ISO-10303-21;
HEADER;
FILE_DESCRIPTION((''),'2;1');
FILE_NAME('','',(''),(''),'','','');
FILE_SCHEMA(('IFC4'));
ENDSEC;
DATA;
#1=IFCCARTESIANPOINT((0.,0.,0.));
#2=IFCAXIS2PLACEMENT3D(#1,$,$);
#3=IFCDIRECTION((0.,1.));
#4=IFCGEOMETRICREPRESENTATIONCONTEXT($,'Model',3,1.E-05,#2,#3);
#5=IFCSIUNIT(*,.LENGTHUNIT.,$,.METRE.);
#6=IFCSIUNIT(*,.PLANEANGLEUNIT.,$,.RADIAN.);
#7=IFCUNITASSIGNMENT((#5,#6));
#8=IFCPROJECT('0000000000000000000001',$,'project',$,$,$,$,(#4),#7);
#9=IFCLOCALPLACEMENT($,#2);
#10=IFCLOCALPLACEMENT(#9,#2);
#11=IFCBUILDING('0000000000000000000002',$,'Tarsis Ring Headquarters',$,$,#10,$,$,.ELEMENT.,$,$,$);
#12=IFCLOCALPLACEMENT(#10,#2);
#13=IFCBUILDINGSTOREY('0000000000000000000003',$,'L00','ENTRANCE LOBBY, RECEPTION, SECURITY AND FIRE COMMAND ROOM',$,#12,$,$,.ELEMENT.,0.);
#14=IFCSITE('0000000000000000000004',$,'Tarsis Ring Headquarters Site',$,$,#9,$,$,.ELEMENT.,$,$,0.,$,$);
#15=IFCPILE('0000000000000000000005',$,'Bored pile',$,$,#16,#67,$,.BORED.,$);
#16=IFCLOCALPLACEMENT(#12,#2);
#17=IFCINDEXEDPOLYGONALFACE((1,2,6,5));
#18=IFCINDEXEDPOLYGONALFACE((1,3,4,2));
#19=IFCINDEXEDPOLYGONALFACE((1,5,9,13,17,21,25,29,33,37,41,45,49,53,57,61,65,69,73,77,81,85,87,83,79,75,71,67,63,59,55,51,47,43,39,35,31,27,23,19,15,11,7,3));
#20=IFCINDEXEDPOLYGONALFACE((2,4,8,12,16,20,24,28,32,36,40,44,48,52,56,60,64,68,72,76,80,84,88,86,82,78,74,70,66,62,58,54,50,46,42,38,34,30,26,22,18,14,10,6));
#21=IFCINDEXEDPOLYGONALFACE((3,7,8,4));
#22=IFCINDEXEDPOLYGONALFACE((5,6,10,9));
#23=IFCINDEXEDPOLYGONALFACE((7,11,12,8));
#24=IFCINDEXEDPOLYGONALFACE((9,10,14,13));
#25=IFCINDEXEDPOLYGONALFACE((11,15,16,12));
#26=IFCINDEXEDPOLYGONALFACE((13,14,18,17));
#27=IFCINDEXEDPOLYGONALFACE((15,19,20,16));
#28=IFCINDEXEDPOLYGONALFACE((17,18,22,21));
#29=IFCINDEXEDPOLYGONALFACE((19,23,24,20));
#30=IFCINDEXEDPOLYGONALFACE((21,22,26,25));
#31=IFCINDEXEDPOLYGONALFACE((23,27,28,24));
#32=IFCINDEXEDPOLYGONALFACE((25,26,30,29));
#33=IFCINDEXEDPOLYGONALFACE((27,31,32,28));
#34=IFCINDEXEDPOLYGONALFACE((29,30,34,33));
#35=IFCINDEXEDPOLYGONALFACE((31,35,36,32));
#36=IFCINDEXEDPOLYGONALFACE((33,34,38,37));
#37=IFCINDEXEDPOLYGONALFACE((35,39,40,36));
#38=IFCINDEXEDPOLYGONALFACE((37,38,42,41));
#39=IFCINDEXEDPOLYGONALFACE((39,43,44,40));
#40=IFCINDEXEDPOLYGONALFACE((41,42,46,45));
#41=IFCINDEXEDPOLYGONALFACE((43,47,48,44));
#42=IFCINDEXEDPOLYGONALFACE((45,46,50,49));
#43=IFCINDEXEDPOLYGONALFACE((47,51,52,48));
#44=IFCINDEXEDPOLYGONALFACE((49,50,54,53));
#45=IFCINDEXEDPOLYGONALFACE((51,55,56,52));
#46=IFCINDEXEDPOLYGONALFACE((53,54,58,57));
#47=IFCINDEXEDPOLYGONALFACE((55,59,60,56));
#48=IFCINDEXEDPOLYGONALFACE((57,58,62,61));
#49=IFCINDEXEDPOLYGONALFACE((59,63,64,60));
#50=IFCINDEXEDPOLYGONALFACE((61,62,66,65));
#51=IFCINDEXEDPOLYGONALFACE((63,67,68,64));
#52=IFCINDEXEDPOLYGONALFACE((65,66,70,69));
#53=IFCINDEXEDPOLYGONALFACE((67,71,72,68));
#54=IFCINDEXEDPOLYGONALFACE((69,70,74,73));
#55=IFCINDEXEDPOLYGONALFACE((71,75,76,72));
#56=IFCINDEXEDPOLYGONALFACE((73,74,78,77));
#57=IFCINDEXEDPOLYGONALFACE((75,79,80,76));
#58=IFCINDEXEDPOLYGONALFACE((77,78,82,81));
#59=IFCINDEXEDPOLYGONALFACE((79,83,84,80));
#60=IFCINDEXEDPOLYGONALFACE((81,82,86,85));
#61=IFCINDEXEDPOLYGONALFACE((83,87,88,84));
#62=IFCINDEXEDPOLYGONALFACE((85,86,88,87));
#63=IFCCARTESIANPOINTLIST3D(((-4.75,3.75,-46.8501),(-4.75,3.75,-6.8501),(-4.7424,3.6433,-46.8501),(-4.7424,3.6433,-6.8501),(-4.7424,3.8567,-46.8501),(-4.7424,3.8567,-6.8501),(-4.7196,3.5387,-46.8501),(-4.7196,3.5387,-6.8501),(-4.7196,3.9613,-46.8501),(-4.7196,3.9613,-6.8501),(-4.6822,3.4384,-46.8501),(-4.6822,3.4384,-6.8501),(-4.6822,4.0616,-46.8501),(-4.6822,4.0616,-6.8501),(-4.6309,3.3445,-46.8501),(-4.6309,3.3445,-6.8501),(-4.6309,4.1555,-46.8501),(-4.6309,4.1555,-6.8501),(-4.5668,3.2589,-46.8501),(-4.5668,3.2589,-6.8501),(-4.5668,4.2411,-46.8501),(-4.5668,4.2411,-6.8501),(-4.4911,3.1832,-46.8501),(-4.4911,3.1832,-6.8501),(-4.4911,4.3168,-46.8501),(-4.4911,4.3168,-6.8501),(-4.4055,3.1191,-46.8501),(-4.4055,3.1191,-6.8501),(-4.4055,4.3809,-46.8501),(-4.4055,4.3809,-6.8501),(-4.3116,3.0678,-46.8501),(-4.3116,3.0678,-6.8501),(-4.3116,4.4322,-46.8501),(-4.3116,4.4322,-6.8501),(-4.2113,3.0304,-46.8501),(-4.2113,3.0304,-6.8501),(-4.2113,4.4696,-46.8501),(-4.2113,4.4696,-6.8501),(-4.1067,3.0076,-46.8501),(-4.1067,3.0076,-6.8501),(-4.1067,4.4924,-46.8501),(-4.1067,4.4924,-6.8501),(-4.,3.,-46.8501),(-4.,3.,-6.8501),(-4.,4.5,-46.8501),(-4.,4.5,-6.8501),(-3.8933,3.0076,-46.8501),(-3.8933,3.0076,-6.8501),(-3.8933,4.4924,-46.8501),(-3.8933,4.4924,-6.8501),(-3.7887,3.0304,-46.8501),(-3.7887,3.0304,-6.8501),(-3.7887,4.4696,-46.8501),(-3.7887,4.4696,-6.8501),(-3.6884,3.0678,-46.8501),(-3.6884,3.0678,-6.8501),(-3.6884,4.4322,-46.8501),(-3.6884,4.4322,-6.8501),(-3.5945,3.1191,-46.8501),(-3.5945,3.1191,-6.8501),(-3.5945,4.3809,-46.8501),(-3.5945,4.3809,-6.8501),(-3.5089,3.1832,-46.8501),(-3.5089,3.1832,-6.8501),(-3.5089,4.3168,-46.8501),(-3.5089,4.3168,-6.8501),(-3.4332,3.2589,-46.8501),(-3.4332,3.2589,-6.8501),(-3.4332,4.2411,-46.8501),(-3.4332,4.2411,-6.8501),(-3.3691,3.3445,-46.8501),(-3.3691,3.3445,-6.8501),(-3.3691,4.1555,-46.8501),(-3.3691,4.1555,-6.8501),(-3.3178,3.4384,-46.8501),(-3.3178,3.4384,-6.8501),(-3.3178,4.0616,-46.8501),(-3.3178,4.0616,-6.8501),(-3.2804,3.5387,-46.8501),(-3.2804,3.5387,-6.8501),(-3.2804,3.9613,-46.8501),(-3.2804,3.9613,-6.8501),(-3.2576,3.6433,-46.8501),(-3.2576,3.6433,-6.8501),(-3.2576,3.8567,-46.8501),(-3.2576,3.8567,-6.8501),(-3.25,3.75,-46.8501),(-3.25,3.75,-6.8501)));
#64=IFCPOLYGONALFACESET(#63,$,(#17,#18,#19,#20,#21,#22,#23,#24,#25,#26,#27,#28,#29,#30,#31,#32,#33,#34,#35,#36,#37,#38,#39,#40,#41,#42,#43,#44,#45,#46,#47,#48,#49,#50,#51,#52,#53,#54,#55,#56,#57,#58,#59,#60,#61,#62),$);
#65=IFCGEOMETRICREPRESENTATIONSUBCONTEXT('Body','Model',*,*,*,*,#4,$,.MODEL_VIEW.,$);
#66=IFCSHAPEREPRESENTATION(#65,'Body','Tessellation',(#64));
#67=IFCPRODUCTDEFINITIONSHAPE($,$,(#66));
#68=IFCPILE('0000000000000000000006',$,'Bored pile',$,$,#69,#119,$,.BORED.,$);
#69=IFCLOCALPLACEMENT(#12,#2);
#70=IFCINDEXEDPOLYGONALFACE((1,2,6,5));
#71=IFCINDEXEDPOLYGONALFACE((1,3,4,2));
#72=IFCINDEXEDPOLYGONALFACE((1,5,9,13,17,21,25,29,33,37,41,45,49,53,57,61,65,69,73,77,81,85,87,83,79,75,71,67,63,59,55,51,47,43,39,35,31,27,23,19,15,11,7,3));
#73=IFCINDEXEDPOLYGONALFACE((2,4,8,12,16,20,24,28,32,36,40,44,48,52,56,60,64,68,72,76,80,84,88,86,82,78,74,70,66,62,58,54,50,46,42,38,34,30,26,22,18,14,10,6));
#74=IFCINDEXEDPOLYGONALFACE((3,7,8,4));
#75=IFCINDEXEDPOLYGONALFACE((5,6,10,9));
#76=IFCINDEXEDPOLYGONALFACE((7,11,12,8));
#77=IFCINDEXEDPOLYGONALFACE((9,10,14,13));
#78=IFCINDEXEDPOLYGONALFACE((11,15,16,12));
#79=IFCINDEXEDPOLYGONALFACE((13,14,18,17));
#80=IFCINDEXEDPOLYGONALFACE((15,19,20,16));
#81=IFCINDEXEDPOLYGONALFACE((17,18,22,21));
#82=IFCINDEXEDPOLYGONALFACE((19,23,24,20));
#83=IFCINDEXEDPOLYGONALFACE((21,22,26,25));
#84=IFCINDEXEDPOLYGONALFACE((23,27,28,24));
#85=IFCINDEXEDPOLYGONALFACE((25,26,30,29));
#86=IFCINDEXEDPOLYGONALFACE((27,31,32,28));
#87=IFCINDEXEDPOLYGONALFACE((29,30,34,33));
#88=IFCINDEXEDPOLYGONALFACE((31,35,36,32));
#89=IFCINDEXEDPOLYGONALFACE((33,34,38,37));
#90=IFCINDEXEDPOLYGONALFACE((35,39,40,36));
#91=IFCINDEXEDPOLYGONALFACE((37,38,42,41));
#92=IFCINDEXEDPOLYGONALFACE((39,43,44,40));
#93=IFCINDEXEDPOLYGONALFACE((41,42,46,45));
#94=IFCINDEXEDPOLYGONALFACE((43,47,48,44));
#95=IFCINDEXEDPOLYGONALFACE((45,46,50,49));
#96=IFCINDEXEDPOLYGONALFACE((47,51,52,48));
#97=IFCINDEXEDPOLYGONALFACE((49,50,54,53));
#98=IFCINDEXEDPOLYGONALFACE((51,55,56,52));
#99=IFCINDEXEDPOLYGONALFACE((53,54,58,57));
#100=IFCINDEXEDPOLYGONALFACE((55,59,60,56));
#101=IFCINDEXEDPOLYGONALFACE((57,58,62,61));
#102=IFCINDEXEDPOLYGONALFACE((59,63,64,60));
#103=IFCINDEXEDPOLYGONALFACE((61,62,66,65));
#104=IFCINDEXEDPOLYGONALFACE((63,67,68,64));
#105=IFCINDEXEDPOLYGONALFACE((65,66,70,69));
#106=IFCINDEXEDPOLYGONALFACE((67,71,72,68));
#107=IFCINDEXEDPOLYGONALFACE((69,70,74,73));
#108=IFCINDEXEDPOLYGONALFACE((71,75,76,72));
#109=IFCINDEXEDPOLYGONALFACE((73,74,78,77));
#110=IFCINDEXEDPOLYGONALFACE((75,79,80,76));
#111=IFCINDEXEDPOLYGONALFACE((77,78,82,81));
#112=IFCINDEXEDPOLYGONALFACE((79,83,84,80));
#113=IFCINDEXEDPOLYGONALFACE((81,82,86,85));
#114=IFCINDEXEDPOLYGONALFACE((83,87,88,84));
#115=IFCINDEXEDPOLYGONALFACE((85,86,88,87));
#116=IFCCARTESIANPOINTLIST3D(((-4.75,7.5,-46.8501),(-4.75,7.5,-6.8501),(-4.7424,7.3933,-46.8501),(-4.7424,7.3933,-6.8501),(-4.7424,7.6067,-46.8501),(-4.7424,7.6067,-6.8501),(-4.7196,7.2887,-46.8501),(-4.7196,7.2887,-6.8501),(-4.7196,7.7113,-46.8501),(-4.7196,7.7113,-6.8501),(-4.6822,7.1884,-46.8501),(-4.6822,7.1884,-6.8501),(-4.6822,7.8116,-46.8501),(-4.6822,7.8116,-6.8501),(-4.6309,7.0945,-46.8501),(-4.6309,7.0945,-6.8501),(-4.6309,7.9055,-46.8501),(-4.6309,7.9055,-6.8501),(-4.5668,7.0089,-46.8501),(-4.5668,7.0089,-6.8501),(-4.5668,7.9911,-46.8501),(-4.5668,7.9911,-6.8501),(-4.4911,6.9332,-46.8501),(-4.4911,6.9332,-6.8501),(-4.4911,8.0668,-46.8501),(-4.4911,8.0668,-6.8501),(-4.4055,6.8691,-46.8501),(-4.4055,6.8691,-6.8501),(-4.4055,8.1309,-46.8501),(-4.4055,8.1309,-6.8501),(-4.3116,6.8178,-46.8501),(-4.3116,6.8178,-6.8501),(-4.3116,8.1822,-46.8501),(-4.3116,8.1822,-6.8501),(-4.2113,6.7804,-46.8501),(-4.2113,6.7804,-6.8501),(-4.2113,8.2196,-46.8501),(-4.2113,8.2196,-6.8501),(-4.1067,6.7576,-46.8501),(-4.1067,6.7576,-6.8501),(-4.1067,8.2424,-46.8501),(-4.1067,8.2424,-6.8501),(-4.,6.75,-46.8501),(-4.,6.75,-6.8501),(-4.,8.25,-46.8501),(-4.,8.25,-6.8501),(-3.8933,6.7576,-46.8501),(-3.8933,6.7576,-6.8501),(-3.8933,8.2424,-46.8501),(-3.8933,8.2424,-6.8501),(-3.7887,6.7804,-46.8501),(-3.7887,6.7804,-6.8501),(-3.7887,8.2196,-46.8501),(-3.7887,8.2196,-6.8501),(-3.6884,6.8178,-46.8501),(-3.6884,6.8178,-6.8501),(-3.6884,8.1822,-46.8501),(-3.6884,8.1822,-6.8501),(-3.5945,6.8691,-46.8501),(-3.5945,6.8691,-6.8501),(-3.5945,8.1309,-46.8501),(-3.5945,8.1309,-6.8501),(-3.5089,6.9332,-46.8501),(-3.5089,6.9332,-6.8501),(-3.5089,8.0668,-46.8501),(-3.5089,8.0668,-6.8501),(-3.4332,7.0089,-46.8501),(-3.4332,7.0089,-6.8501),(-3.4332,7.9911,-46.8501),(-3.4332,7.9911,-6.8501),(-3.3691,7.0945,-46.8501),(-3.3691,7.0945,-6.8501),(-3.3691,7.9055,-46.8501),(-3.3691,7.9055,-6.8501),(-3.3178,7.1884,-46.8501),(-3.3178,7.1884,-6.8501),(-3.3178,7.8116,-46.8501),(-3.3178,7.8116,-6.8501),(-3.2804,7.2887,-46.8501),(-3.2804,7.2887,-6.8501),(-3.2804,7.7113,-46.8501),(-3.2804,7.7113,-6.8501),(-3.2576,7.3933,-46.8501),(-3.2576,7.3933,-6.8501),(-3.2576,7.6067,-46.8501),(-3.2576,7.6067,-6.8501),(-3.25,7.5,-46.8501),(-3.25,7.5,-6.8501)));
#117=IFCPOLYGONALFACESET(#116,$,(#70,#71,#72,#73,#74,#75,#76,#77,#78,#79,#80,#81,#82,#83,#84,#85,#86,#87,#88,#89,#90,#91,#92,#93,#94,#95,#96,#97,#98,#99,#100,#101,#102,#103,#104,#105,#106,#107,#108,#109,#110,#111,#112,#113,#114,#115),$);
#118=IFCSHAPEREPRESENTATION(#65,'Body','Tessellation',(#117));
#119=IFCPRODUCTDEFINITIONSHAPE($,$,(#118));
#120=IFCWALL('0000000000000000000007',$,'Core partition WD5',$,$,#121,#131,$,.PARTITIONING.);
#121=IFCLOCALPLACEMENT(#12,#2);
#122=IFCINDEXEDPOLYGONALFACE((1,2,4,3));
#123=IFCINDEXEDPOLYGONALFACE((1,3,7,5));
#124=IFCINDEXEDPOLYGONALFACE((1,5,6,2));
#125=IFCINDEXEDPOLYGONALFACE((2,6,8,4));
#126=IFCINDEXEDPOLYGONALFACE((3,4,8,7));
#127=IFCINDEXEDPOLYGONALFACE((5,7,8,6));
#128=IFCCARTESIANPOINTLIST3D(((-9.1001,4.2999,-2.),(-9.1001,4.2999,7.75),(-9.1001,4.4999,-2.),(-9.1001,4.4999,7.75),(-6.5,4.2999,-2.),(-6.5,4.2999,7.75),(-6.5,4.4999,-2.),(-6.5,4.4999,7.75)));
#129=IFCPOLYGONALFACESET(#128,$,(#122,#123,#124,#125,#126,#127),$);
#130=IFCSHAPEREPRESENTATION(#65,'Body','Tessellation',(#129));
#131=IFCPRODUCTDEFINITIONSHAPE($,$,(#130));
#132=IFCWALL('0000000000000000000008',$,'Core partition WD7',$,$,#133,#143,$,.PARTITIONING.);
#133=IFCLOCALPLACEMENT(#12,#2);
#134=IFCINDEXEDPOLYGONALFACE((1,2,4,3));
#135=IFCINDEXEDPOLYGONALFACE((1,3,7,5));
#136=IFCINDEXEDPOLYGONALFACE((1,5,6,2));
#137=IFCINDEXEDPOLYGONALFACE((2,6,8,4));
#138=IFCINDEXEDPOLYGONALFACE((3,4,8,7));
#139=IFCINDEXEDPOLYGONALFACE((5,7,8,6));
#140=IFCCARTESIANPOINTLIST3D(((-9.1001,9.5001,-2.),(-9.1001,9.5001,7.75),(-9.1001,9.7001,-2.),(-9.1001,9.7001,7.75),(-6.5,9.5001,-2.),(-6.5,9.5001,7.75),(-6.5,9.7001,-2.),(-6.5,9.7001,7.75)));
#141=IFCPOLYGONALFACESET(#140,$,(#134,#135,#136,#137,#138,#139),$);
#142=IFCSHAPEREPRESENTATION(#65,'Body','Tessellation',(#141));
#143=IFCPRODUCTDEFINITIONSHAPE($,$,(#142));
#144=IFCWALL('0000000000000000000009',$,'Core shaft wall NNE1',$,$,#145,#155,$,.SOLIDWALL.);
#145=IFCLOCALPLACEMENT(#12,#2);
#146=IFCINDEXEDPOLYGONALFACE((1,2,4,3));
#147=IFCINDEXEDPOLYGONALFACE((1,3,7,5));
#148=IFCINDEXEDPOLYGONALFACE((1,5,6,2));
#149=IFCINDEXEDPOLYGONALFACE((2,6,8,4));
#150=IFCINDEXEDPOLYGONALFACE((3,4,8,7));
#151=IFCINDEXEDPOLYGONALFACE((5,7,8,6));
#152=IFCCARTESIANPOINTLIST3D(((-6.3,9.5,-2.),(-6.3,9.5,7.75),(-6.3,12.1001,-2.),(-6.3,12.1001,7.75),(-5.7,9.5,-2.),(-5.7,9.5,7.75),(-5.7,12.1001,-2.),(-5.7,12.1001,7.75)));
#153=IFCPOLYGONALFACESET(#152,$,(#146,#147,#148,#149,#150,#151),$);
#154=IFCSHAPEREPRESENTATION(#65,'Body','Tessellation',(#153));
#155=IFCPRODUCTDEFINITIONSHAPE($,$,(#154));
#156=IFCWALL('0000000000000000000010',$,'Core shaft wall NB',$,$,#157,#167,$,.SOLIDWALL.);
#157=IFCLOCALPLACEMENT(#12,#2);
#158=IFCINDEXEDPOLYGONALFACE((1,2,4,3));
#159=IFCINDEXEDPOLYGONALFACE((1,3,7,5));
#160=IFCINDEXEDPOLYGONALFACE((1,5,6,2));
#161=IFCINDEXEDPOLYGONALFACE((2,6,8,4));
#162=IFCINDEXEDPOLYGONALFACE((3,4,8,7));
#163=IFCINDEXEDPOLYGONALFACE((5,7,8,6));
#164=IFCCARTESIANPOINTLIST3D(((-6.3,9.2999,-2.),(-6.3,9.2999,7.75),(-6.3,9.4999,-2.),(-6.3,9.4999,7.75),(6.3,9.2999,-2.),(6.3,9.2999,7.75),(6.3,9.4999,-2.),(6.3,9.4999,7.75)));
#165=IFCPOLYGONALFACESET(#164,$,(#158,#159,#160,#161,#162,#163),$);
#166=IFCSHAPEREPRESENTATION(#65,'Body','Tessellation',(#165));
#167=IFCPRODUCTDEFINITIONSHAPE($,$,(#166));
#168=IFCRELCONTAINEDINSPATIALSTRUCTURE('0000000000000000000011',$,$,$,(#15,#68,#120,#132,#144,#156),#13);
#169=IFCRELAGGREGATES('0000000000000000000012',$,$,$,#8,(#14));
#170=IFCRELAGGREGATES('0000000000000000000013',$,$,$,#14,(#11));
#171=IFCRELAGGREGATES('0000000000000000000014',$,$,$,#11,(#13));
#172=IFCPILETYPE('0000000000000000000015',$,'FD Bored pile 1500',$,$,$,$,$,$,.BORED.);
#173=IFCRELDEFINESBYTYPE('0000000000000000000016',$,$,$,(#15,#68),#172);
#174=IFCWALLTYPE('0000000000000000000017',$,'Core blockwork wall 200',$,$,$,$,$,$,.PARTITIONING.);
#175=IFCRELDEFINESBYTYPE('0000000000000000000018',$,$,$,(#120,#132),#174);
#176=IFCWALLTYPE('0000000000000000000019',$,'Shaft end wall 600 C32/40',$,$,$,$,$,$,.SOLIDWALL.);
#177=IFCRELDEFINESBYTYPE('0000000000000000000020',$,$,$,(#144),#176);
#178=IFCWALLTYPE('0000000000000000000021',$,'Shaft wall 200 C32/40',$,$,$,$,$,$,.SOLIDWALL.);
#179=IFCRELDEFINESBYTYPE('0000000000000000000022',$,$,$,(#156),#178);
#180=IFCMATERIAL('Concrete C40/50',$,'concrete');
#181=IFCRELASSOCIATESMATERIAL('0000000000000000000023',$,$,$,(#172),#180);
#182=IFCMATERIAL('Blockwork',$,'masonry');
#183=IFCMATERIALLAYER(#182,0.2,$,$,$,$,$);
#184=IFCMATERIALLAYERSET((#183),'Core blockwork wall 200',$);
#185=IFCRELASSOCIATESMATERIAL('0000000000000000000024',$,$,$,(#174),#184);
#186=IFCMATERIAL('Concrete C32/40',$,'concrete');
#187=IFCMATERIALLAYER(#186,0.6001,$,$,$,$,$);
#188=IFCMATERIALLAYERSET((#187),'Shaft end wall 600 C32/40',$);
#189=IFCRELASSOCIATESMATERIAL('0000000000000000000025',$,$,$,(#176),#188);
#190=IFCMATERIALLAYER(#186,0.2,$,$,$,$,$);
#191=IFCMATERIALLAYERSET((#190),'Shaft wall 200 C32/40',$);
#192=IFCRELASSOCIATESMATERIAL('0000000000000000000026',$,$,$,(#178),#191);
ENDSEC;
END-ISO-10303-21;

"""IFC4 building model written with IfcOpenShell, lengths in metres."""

from ifc_helpers import new_model, si_unit, direction, frame, frame_2d, origin, origin_2d, place, context, subcontext, project, spatial, rectangle, circle, extrude, material, layer, layer_set, material_profile, profile_set, type_object, element, save


model = new_model("IFC4")

# Units and contexts
model_context = context("Model", 3, precision=1e-05, world=origin(), true_north=direction((0.0, 1.0)))
body_context = subcontext(model_context, "Body", "Model", "MODEL_VIEW")
ifc_project = project(units=[si_unit("LENGTHUNIT", "METRE"), si_unit("PLANEANGLEUNIT", "RADIAN")], contexts=[model_context])

# Site, building, storey
site_placement = place(None, origin())
site = spatial("IfcSite", under=ifc_project, at=site_placement, Name="Tarsis Ring Headquarters Site", CompositionType="ELEMENT", RefElevation=0.0)
building_placement = place(site_placement, origin())
building = spatial("IfcBuilding", under=site, at=building_placement, Name="Tarsis Ring Headquarters", CompositionType="ELEMENT")
storey_placement = place(building_placement, origin())
storey = spatial("IfcBuildingStorey", under=building, at=storey_placement, Name="L00", Description="ENTRANCE LOBBY, RECEPTION, SECURITY AND FIRE COMMAND ROOM", CompositionType="ELEMENT", Elevation=0.0)

# Piles
ifc_material_1 = material(Name="Concrete C40/50", Category="concrete")
ifc_material_profile = material_profile(ifc_material_1, circle(Radius=0.75, at=origin_2d()), Name="BORED 1500")
ifc_profile_set = profile_set([ifc_material_profile], Name="Concrete C40/50")
pile_type = type_object("IfcPileType", Name="FD Bored pile 1500", PredefinedType="BORED", material=ifc_profile_set)
for number, where, z_axis, x_axis, name in (
    (1, (-4.0, 3.75, -6.8501), (0.0, 0.0, -1.0), (1.0, 0.0, 0.0), "Bored pile"),
    (2, (-4.0, 7.5, -6.8501), (0.0, 0.0, -1.0), (1.0, 0.0, 0.0), "Bored pile"),
):
    element("IfcPile", number, at=place(storey_placement, frame(where, z_axis=z_axis, x_axis=x_axis)), inside=storey, type_object=pile_type, Name=name, PredefinedType="BORED", context=body_context, shape_type="SweptSolid", body=[
        extrude(circle(Radius=0.75, at=origin_2d()), origin(), (0.0, 0.0, 1.0), 40.0),
    ])

# Walls
ifc_material_2 = material(Name="Blockwork", Category="masonry")
ifc_layer_1 = layer(ifc_material_2, 0.2)
ifc_layer_set_1 = layer_set([ifc_layer_1], Name="Core blockwork wall 200")
wall_type_1 = type_object("IfcWallType", Name="Core blockwork wall 200", PredefinedType="PARTITIONING", material=ifc_layer_set_1)
for number, where, z_axis, x_axis, name in (
    (3, (-9.1001, 4.3999, -2.0), (0.0, 0.0, 1.0), (1.0, 0.0, 0.0), "Core partition WD5"),
    (4, (-9.1001, 9.6001, -2.0), (0.0, 0.0, 1.0), (1.0, 0.0, 0.0), "Core partition WD7"),
):
    element("IfcWall", number, at=place(storey_placement, frame(where, z_axis=z_axis, x_axis=x_axis)), inside=storey, type_object=wall_type_1, Name=name, PredefinedType="PARTITIONING", context=body_context, shape_type="SweptSolid", body=[
        extrude(rectangle(XDim=2.6001, YDim=0.2, at=frame_2d((1.3, 0.0))), origin(), (0.0, 0.0, 1.0), 9.75),
    ])
ifc_material_3 = material(Name="Concrete C32/40", Category="concrete")
ifc_layer_2 = layer(ifc_material_3, 0.6001)
ifc_layer_set_2 = layer_set([ifc_layer_2], Name="Shaft end wall 600 C32/40")
wall_type_2 = type_object("IfcWallType", Name="Shaft end wall 600 C32/40", PredefinedType="SOLIDWALL", material=ifc_layer_set_2)
wall_1_placement = place(storey_placement, frame((-6.0, 9.5, -2.0), z_axis=(0.0, 0.0, 1.0), x_axis=(0.0, 1.0, 0.0)))
element("IfcWall", 5, at=wall_1_placement, inside=storey, type_object=wall_type_2, Name="Core shaft wall NNE1", PredefinedType="SOLIDWALL", context=body_context, shape_type="SweptSolid", body=[
    extrude(rectangle(XDim=2.6001, YDim=0.6001, at=frame_2d((1.3, 0.0))), origin(), (0.0, 0.0, 1.0), 9.75),
])
ifc_layer_3 = layer(ifc_material_3, 0.2)
ifc_layer_set_3 = layer_set([ifc_layer_3], Name="Shaft wall 200 C32/40")
wall_type_3 = type_object("IfcWallType", Name="Shaft wall 200 C32/40", PredefinedType="SOLIDWALL", material=ifc_layer_set_3)
wall_2_placement = place(storey_placement, frame((-6.3, 9.3999, -2.0), z_axis=(0.0, 0.0, 1.0), x_axis=(1.0, 0.0, 0.0)))
element("IfcWall", 6, at=wall_2_placement, inside=storey, type_object=wall_type_3, Name="Core shaft wall NB", PredefinedType="SOLIDWALL", context=body_context, shape_type="SweptSolid", body=[
    extrude(rectangle(XDim=12.6001, YDim=0.2, at=frame_2d((6.3, 0.0))), origin(), (0.0, 0.0, 1.0), 9.75),
])

save(model, "model.ifc")
